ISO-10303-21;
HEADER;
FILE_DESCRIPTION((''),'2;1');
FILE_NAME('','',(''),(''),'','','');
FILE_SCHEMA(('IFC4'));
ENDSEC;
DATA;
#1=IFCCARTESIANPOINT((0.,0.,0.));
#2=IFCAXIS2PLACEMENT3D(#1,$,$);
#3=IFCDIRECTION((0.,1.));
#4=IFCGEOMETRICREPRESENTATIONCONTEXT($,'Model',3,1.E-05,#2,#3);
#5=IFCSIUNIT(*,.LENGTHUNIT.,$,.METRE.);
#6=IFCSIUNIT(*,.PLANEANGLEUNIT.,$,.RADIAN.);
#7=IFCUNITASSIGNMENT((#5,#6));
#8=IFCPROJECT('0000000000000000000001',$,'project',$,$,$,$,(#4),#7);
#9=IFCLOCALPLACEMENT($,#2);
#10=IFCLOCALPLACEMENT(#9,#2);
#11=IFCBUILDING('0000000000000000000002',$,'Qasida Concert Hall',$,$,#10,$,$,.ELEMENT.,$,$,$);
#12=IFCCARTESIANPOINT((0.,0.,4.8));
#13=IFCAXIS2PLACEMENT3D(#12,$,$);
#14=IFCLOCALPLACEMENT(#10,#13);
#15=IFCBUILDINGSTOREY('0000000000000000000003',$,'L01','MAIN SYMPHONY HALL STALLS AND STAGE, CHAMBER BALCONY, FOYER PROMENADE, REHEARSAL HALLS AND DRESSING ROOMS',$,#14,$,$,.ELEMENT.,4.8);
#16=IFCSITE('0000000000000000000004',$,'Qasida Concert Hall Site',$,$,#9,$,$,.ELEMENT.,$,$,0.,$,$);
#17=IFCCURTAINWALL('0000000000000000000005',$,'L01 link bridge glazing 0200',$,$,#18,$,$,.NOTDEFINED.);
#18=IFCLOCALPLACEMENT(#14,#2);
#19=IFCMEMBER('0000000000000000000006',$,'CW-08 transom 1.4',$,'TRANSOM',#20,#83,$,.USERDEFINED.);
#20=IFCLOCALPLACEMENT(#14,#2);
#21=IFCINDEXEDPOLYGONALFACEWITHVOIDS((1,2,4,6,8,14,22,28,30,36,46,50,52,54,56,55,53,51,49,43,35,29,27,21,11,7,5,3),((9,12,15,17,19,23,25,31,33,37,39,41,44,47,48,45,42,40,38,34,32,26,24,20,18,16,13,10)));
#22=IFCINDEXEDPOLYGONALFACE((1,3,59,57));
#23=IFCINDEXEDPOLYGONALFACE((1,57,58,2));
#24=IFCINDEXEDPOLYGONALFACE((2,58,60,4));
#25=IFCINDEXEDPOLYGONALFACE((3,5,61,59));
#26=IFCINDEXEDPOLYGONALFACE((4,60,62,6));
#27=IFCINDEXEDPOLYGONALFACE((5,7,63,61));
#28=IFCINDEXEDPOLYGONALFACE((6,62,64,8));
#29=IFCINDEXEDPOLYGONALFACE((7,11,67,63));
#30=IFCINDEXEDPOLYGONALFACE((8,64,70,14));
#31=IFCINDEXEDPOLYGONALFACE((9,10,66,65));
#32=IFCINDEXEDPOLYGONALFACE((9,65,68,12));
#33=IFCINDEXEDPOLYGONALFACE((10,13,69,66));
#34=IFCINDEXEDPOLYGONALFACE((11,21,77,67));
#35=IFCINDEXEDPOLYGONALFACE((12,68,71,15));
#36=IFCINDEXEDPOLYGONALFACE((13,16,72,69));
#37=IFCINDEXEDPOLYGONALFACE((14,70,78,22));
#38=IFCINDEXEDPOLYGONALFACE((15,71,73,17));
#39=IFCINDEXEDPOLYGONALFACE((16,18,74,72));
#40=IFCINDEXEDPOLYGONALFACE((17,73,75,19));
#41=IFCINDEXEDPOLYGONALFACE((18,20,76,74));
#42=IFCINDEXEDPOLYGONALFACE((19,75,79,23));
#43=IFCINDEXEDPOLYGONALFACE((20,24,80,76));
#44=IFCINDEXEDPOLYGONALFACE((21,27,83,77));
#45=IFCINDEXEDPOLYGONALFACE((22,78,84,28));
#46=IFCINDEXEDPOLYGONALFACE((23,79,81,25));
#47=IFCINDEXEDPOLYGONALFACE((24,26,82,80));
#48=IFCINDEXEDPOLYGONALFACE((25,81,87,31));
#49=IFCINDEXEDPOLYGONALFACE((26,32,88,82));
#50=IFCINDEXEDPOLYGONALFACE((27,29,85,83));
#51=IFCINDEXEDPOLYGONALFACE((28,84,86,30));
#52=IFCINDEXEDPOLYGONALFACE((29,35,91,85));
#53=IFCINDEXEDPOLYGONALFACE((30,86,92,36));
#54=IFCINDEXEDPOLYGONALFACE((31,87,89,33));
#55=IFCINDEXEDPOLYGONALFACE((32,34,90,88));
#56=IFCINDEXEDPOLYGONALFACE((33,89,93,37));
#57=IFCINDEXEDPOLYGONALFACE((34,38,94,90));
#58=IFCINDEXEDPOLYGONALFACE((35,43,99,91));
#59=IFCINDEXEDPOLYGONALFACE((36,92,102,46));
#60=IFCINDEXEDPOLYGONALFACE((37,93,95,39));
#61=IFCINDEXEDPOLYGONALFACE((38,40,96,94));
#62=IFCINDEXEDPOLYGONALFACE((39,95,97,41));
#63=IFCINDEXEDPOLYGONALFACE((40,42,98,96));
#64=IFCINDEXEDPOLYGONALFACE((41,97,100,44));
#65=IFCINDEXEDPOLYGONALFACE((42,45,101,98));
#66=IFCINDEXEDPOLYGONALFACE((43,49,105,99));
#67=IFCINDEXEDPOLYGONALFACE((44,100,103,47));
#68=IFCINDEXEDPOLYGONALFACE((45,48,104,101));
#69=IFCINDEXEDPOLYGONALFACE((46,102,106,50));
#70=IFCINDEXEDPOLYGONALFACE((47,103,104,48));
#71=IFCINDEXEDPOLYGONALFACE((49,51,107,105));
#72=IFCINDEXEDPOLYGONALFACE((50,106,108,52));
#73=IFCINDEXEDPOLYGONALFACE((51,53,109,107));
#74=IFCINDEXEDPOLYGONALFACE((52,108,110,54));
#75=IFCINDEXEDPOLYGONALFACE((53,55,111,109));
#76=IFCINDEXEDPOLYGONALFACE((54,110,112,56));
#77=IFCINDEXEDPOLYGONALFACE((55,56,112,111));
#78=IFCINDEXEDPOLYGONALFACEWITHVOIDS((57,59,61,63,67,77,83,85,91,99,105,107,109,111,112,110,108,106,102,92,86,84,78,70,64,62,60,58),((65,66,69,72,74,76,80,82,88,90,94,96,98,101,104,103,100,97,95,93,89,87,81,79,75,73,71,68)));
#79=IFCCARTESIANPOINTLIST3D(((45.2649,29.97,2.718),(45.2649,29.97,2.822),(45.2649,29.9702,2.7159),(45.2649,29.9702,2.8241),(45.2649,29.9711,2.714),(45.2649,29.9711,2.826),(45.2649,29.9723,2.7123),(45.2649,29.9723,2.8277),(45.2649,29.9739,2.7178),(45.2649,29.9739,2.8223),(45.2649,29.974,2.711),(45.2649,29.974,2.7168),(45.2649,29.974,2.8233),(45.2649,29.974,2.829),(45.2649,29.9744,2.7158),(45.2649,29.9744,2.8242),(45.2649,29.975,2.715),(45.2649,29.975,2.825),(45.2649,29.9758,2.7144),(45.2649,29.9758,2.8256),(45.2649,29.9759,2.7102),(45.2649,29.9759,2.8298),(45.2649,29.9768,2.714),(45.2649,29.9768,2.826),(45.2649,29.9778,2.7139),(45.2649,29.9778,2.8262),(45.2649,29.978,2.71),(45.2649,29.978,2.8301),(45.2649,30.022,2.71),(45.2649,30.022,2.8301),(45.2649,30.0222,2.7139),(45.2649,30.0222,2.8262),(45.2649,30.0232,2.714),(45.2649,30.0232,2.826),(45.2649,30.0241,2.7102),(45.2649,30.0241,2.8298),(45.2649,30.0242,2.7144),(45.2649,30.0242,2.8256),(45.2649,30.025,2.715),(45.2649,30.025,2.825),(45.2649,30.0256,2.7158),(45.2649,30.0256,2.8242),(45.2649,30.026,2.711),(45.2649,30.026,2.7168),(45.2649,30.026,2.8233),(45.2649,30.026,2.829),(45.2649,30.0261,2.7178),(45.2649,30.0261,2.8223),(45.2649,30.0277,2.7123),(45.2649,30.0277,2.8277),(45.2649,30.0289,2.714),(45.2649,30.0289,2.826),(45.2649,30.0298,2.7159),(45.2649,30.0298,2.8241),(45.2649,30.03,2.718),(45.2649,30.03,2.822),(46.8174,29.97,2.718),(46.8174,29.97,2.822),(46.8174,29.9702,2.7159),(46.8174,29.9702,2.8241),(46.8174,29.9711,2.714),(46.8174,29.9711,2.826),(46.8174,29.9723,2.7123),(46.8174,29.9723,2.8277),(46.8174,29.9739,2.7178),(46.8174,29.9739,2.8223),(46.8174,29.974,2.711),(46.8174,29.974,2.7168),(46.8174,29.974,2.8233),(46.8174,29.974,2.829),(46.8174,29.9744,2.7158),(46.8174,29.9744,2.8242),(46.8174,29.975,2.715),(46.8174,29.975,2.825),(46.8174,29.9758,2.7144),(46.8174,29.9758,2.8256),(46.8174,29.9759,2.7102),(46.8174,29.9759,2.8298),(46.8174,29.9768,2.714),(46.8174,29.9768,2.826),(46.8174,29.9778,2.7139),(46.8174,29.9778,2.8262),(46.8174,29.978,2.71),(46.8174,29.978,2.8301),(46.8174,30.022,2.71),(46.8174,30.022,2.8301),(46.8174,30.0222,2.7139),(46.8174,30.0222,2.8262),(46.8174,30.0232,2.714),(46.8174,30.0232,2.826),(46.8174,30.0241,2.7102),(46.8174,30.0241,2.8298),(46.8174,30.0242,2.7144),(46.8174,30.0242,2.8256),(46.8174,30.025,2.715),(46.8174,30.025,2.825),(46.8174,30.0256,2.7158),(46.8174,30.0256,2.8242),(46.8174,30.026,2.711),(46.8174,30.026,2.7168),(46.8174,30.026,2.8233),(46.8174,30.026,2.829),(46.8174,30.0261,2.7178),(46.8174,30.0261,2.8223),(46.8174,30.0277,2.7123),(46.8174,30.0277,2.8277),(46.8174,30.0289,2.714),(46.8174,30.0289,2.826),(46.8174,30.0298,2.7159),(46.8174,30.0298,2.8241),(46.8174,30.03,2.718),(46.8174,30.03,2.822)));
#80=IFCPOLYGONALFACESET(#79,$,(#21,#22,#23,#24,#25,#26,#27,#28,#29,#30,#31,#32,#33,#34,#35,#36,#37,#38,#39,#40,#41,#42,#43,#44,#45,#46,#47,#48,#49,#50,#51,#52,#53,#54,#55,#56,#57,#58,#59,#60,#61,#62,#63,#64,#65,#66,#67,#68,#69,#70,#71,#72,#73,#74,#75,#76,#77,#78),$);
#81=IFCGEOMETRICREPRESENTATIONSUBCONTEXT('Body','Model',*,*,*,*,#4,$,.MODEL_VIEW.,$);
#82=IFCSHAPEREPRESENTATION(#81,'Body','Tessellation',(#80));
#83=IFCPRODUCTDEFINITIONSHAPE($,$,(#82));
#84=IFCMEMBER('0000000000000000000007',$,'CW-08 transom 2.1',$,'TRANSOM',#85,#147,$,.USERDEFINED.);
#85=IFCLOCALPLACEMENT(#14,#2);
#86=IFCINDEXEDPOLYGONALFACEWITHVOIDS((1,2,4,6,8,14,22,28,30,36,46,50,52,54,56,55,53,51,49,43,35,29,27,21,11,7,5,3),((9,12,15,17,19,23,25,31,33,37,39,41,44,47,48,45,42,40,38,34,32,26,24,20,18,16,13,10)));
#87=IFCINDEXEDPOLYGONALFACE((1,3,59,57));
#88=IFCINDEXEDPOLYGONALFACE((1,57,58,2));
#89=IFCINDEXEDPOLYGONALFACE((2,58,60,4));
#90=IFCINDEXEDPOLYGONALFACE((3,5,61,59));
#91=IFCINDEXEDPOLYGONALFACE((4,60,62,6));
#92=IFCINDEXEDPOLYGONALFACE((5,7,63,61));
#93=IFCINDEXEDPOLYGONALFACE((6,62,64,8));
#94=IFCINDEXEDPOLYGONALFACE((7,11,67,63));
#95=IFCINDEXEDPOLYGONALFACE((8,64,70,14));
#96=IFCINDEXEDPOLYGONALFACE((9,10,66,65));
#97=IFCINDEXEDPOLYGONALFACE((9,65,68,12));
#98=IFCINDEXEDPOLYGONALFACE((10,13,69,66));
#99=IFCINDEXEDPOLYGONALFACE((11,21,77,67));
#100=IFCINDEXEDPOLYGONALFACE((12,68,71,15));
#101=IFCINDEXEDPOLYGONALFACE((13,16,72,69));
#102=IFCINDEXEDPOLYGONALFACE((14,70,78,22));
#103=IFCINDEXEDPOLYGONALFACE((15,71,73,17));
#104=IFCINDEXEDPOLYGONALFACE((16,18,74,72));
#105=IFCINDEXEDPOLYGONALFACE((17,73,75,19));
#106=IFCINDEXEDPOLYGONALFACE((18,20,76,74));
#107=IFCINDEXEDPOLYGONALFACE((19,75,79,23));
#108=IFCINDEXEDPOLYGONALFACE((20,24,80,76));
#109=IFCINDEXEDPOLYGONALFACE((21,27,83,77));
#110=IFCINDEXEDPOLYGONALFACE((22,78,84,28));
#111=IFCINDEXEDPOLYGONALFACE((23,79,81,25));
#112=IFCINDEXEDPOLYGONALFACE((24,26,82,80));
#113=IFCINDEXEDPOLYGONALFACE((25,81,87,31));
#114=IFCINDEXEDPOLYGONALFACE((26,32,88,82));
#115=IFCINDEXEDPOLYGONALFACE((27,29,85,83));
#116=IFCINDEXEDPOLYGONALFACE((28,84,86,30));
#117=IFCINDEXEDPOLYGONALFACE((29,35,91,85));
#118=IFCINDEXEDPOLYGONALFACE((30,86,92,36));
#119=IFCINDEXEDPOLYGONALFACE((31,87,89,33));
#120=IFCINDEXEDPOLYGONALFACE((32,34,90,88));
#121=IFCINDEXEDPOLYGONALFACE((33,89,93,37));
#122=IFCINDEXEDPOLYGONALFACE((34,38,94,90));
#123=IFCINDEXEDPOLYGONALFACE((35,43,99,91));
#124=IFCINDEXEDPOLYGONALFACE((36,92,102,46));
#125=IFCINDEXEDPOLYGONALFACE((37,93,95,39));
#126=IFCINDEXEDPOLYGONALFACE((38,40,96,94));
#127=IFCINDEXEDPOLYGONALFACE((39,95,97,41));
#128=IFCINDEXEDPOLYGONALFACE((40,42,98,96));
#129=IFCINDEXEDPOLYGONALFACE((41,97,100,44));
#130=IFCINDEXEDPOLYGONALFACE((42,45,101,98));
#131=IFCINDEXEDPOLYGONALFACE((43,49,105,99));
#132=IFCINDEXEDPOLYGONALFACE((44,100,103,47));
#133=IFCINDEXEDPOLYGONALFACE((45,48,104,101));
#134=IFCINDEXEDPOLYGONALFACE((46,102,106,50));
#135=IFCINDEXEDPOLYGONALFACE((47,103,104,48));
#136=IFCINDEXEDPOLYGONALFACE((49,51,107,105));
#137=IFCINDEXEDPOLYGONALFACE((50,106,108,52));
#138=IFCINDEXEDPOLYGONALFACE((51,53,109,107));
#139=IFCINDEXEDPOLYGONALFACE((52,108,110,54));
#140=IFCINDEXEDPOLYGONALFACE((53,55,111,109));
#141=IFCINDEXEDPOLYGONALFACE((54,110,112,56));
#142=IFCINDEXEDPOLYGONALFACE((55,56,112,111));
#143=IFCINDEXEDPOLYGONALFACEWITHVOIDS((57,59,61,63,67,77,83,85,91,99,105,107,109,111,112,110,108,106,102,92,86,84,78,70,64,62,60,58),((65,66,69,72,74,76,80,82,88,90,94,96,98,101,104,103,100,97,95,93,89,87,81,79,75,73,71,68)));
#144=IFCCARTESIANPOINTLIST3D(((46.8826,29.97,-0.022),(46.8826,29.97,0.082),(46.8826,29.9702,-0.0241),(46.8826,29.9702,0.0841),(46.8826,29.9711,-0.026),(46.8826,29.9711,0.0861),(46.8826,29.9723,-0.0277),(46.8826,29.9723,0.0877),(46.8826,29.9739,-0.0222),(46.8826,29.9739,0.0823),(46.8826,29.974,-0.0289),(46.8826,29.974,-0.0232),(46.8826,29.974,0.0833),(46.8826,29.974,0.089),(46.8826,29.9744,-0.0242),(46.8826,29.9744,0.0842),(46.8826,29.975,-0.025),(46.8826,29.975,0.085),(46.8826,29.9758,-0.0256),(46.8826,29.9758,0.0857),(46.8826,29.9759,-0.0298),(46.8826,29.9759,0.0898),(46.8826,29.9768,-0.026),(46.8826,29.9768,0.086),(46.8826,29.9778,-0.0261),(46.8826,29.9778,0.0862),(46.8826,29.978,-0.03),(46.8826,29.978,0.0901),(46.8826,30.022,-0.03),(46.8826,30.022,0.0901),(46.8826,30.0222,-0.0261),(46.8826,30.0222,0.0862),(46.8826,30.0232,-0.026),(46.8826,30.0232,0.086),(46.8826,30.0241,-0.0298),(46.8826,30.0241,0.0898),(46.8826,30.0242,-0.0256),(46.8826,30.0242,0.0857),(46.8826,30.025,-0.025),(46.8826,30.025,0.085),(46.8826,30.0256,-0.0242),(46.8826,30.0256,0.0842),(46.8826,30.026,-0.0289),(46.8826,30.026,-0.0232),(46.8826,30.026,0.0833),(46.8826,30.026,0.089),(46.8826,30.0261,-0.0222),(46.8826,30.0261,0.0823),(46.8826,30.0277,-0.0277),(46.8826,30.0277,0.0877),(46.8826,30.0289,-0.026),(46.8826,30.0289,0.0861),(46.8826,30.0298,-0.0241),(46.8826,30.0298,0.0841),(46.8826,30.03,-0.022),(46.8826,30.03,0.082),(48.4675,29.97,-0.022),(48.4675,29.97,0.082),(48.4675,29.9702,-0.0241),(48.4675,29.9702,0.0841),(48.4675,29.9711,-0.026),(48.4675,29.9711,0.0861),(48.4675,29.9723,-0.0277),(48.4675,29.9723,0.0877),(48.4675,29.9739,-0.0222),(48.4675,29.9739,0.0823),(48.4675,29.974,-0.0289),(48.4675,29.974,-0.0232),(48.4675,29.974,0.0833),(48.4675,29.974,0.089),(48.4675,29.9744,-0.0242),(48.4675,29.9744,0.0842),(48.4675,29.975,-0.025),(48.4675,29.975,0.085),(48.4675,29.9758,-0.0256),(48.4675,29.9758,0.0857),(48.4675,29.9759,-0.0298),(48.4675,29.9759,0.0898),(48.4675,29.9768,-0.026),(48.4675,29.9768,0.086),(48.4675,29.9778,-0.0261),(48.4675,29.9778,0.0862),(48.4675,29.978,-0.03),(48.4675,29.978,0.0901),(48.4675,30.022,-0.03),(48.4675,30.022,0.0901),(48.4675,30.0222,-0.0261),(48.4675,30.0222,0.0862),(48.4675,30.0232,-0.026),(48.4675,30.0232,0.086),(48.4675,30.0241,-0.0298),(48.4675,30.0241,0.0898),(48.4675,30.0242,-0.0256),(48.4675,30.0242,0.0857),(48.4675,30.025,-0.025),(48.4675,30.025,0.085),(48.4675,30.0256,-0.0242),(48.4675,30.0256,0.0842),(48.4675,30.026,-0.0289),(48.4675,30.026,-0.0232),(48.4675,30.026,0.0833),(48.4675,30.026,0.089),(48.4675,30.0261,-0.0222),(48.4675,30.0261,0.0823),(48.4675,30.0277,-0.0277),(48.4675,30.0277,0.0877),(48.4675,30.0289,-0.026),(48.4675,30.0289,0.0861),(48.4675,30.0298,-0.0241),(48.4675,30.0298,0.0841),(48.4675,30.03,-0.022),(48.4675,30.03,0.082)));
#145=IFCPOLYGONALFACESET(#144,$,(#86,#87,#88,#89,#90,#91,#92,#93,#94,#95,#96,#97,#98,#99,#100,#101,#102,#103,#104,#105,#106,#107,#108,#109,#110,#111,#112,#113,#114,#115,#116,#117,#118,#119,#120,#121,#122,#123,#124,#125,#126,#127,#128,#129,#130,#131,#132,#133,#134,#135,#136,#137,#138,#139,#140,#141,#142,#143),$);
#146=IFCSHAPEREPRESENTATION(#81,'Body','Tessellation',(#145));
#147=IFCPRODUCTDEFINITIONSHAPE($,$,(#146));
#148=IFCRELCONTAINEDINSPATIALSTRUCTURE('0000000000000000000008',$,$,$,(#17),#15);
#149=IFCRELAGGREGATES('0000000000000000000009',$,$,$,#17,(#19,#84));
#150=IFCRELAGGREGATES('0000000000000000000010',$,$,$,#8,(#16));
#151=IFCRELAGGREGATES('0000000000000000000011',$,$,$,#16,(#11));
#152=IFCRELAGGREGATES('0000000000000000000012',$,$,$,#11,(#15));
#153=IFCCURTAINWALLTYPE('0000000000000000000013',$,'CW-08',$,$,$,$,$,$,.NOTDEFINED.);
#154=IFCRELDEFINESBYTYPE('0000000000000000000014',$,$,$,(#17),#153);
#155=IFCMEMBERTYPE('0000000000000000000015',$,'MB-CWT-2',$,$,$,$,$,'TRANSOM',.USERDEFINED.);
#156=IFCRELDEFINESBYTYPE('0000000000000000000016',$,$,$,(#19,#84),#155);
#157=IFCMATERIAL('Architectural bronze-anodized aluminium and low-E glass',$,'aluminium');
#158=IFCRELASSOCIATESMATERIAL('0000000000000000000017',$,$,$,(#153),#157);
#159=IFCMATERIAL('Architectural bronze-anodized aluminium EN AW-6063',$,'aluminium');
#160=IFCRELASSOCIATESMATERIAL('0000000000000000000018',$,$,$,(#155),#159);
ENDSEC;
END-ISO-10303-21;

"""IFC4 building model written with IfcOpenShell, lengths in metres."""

from ifc_helpers import new_model, si_unit, direction, frame, origin, origin_2d, place, context, subcontext, project, spatial, hollow_rectangle, extrude, material, material_profile, profile_set, type_object, element, aggregate, save


model = new_model("IFC4")

# Units and contexts
model_context = context("Model", 3, precision=1e-05, world=origin(), true_north=direction((0.0, 1.0)))
body_context = subcontext(model_context, "Body", "Model", "MODEL_VIEW")
ifc_project = project(units=[si_unit("LENGTHUNIT", "METRE"), si_unit("PLANEANGLEUNIT", "RADIAN")], contexts=[model_context])

# Site, building, storey
site_placement = place(None, origin())
site = spatial("IfcSite", under=ifc_project, at=site_placement, Name="Qasida Concert Hall Site", CompositionType="ELEMENT", RefElevation=0.0)
building_placement = place(site_placement, origin())
building = spatial("IfcBuilding", under=site, at=building_placement, Name="Qasida Concert Hall", CompositionType="ELEMENT")
storey_placement = place(building_placement, frame((0.0, 0.0, 4.8)))
storey = spatial("IfcBuildingStorey", under=building, at=storey_placement, Name="L01", Description="MAIN SYMPHONY HALL STALLS AND STAGE, CHAMBER BALCONY, FOYER PROMENADE, REHEARSAL HALLS AND DRESSING ROOMS", CompositionType="ELEMENT", Elevation=4.8)

# Curtain wall
ifc_material_1 = material(Name="Architectural bronze-anodized aluminium and low-E glass", Category="aluminium")
curtain_wall_type = type_object("IfcCurtainWallType", Name="CW-08", PredefinedType="NOTDEFINED", material=ifc_material_1)
curtain_wall_1_placement = place(storey_placement, origin())
curtain_wall_1 = element("IfcCurtainWall", 1, at=curtain_wall_1_placement, inside=storey, type_object=curtain_wall_type, Name="L01 link bridge glazing 0200", PredefinedType="NOTDEFINED")
ifc_material_2 = material(Name="Architectural bronze-anodized aluminium EN AW-6063", Category="aluminium")

# Members
ifc_material_profile_1 = material_profile(ifc_material_2, hollow_rectangle(XDim=0.0601, YDim=0.1201, WallThickness=0.0039, InnerFilletRadius=0.0039, OuterFilletRadius=0.0081, at=origin_2d()), Name="CWT 120x60x4")
ifc_profile_set_1 = profile_set([ifc_material_profile_1], Name="Architectural bronze-anodized aluminium EN AW-6063")
member_type_1 = type_object("IfcMemberType", Name="MB-CWT-2", ElementType="TRANSOM", PredefinedType="USERDEFINED", material=ifc_profile_set_1)
member_1_placement = place(storey_placement, frame((45.2649, 30.0, 2.77), z_axis=(1.0, 0.0, 0.0), x_axis=(0.0, 1.0, 0.0)))
member_1 = element("IfcMember", 2, at=member_1_placement, type_object=member_type_1, Name="CW-08 transom 1.4", ObjectType="TRANSOM", PredefinedType="USERDEFINED", context=body_context, shape_type="SweptSolid", body=[
    extrude(hollow_rectangle(XDim=0.0601, YDim=0.1201, WallThickness=0.0039, InnerFilletRadius=0.0039, OuterFilletRadius=0.0081, at=origin_2d()), origin(), (0.0, 0.0, 1.0), 1.5525),
])
member_2_placement = place(storey_placement, frame((46.8826, 30.0, 0.03), z_axis=(1.0, 0.0, 0.0), x_axis=(0.0, 1.0, 0.0)))
member_2 = element("IfcMember", 3, at=member_2_placement, type_object=member_type_1, Name="CW-08 transom 2.1", ObjectType="TRANSOM", PredefinedType="USERDEFINED", context=body_context, shape_type="SweptSolid", body=[
    extrude(hollow_rectangle(XDim=0.0601, YDim=0.1201, WallThickness=0.0039, InnerFilletRadius=0.0039, OuterFilletRadius=0.0081, at=origin_2d()), origin(), (0.0, 0.0, 1.0), 1.585),
])

aggregate(curtain_wall_1, [member_1, member_2])

save(model, "model.ifc")
